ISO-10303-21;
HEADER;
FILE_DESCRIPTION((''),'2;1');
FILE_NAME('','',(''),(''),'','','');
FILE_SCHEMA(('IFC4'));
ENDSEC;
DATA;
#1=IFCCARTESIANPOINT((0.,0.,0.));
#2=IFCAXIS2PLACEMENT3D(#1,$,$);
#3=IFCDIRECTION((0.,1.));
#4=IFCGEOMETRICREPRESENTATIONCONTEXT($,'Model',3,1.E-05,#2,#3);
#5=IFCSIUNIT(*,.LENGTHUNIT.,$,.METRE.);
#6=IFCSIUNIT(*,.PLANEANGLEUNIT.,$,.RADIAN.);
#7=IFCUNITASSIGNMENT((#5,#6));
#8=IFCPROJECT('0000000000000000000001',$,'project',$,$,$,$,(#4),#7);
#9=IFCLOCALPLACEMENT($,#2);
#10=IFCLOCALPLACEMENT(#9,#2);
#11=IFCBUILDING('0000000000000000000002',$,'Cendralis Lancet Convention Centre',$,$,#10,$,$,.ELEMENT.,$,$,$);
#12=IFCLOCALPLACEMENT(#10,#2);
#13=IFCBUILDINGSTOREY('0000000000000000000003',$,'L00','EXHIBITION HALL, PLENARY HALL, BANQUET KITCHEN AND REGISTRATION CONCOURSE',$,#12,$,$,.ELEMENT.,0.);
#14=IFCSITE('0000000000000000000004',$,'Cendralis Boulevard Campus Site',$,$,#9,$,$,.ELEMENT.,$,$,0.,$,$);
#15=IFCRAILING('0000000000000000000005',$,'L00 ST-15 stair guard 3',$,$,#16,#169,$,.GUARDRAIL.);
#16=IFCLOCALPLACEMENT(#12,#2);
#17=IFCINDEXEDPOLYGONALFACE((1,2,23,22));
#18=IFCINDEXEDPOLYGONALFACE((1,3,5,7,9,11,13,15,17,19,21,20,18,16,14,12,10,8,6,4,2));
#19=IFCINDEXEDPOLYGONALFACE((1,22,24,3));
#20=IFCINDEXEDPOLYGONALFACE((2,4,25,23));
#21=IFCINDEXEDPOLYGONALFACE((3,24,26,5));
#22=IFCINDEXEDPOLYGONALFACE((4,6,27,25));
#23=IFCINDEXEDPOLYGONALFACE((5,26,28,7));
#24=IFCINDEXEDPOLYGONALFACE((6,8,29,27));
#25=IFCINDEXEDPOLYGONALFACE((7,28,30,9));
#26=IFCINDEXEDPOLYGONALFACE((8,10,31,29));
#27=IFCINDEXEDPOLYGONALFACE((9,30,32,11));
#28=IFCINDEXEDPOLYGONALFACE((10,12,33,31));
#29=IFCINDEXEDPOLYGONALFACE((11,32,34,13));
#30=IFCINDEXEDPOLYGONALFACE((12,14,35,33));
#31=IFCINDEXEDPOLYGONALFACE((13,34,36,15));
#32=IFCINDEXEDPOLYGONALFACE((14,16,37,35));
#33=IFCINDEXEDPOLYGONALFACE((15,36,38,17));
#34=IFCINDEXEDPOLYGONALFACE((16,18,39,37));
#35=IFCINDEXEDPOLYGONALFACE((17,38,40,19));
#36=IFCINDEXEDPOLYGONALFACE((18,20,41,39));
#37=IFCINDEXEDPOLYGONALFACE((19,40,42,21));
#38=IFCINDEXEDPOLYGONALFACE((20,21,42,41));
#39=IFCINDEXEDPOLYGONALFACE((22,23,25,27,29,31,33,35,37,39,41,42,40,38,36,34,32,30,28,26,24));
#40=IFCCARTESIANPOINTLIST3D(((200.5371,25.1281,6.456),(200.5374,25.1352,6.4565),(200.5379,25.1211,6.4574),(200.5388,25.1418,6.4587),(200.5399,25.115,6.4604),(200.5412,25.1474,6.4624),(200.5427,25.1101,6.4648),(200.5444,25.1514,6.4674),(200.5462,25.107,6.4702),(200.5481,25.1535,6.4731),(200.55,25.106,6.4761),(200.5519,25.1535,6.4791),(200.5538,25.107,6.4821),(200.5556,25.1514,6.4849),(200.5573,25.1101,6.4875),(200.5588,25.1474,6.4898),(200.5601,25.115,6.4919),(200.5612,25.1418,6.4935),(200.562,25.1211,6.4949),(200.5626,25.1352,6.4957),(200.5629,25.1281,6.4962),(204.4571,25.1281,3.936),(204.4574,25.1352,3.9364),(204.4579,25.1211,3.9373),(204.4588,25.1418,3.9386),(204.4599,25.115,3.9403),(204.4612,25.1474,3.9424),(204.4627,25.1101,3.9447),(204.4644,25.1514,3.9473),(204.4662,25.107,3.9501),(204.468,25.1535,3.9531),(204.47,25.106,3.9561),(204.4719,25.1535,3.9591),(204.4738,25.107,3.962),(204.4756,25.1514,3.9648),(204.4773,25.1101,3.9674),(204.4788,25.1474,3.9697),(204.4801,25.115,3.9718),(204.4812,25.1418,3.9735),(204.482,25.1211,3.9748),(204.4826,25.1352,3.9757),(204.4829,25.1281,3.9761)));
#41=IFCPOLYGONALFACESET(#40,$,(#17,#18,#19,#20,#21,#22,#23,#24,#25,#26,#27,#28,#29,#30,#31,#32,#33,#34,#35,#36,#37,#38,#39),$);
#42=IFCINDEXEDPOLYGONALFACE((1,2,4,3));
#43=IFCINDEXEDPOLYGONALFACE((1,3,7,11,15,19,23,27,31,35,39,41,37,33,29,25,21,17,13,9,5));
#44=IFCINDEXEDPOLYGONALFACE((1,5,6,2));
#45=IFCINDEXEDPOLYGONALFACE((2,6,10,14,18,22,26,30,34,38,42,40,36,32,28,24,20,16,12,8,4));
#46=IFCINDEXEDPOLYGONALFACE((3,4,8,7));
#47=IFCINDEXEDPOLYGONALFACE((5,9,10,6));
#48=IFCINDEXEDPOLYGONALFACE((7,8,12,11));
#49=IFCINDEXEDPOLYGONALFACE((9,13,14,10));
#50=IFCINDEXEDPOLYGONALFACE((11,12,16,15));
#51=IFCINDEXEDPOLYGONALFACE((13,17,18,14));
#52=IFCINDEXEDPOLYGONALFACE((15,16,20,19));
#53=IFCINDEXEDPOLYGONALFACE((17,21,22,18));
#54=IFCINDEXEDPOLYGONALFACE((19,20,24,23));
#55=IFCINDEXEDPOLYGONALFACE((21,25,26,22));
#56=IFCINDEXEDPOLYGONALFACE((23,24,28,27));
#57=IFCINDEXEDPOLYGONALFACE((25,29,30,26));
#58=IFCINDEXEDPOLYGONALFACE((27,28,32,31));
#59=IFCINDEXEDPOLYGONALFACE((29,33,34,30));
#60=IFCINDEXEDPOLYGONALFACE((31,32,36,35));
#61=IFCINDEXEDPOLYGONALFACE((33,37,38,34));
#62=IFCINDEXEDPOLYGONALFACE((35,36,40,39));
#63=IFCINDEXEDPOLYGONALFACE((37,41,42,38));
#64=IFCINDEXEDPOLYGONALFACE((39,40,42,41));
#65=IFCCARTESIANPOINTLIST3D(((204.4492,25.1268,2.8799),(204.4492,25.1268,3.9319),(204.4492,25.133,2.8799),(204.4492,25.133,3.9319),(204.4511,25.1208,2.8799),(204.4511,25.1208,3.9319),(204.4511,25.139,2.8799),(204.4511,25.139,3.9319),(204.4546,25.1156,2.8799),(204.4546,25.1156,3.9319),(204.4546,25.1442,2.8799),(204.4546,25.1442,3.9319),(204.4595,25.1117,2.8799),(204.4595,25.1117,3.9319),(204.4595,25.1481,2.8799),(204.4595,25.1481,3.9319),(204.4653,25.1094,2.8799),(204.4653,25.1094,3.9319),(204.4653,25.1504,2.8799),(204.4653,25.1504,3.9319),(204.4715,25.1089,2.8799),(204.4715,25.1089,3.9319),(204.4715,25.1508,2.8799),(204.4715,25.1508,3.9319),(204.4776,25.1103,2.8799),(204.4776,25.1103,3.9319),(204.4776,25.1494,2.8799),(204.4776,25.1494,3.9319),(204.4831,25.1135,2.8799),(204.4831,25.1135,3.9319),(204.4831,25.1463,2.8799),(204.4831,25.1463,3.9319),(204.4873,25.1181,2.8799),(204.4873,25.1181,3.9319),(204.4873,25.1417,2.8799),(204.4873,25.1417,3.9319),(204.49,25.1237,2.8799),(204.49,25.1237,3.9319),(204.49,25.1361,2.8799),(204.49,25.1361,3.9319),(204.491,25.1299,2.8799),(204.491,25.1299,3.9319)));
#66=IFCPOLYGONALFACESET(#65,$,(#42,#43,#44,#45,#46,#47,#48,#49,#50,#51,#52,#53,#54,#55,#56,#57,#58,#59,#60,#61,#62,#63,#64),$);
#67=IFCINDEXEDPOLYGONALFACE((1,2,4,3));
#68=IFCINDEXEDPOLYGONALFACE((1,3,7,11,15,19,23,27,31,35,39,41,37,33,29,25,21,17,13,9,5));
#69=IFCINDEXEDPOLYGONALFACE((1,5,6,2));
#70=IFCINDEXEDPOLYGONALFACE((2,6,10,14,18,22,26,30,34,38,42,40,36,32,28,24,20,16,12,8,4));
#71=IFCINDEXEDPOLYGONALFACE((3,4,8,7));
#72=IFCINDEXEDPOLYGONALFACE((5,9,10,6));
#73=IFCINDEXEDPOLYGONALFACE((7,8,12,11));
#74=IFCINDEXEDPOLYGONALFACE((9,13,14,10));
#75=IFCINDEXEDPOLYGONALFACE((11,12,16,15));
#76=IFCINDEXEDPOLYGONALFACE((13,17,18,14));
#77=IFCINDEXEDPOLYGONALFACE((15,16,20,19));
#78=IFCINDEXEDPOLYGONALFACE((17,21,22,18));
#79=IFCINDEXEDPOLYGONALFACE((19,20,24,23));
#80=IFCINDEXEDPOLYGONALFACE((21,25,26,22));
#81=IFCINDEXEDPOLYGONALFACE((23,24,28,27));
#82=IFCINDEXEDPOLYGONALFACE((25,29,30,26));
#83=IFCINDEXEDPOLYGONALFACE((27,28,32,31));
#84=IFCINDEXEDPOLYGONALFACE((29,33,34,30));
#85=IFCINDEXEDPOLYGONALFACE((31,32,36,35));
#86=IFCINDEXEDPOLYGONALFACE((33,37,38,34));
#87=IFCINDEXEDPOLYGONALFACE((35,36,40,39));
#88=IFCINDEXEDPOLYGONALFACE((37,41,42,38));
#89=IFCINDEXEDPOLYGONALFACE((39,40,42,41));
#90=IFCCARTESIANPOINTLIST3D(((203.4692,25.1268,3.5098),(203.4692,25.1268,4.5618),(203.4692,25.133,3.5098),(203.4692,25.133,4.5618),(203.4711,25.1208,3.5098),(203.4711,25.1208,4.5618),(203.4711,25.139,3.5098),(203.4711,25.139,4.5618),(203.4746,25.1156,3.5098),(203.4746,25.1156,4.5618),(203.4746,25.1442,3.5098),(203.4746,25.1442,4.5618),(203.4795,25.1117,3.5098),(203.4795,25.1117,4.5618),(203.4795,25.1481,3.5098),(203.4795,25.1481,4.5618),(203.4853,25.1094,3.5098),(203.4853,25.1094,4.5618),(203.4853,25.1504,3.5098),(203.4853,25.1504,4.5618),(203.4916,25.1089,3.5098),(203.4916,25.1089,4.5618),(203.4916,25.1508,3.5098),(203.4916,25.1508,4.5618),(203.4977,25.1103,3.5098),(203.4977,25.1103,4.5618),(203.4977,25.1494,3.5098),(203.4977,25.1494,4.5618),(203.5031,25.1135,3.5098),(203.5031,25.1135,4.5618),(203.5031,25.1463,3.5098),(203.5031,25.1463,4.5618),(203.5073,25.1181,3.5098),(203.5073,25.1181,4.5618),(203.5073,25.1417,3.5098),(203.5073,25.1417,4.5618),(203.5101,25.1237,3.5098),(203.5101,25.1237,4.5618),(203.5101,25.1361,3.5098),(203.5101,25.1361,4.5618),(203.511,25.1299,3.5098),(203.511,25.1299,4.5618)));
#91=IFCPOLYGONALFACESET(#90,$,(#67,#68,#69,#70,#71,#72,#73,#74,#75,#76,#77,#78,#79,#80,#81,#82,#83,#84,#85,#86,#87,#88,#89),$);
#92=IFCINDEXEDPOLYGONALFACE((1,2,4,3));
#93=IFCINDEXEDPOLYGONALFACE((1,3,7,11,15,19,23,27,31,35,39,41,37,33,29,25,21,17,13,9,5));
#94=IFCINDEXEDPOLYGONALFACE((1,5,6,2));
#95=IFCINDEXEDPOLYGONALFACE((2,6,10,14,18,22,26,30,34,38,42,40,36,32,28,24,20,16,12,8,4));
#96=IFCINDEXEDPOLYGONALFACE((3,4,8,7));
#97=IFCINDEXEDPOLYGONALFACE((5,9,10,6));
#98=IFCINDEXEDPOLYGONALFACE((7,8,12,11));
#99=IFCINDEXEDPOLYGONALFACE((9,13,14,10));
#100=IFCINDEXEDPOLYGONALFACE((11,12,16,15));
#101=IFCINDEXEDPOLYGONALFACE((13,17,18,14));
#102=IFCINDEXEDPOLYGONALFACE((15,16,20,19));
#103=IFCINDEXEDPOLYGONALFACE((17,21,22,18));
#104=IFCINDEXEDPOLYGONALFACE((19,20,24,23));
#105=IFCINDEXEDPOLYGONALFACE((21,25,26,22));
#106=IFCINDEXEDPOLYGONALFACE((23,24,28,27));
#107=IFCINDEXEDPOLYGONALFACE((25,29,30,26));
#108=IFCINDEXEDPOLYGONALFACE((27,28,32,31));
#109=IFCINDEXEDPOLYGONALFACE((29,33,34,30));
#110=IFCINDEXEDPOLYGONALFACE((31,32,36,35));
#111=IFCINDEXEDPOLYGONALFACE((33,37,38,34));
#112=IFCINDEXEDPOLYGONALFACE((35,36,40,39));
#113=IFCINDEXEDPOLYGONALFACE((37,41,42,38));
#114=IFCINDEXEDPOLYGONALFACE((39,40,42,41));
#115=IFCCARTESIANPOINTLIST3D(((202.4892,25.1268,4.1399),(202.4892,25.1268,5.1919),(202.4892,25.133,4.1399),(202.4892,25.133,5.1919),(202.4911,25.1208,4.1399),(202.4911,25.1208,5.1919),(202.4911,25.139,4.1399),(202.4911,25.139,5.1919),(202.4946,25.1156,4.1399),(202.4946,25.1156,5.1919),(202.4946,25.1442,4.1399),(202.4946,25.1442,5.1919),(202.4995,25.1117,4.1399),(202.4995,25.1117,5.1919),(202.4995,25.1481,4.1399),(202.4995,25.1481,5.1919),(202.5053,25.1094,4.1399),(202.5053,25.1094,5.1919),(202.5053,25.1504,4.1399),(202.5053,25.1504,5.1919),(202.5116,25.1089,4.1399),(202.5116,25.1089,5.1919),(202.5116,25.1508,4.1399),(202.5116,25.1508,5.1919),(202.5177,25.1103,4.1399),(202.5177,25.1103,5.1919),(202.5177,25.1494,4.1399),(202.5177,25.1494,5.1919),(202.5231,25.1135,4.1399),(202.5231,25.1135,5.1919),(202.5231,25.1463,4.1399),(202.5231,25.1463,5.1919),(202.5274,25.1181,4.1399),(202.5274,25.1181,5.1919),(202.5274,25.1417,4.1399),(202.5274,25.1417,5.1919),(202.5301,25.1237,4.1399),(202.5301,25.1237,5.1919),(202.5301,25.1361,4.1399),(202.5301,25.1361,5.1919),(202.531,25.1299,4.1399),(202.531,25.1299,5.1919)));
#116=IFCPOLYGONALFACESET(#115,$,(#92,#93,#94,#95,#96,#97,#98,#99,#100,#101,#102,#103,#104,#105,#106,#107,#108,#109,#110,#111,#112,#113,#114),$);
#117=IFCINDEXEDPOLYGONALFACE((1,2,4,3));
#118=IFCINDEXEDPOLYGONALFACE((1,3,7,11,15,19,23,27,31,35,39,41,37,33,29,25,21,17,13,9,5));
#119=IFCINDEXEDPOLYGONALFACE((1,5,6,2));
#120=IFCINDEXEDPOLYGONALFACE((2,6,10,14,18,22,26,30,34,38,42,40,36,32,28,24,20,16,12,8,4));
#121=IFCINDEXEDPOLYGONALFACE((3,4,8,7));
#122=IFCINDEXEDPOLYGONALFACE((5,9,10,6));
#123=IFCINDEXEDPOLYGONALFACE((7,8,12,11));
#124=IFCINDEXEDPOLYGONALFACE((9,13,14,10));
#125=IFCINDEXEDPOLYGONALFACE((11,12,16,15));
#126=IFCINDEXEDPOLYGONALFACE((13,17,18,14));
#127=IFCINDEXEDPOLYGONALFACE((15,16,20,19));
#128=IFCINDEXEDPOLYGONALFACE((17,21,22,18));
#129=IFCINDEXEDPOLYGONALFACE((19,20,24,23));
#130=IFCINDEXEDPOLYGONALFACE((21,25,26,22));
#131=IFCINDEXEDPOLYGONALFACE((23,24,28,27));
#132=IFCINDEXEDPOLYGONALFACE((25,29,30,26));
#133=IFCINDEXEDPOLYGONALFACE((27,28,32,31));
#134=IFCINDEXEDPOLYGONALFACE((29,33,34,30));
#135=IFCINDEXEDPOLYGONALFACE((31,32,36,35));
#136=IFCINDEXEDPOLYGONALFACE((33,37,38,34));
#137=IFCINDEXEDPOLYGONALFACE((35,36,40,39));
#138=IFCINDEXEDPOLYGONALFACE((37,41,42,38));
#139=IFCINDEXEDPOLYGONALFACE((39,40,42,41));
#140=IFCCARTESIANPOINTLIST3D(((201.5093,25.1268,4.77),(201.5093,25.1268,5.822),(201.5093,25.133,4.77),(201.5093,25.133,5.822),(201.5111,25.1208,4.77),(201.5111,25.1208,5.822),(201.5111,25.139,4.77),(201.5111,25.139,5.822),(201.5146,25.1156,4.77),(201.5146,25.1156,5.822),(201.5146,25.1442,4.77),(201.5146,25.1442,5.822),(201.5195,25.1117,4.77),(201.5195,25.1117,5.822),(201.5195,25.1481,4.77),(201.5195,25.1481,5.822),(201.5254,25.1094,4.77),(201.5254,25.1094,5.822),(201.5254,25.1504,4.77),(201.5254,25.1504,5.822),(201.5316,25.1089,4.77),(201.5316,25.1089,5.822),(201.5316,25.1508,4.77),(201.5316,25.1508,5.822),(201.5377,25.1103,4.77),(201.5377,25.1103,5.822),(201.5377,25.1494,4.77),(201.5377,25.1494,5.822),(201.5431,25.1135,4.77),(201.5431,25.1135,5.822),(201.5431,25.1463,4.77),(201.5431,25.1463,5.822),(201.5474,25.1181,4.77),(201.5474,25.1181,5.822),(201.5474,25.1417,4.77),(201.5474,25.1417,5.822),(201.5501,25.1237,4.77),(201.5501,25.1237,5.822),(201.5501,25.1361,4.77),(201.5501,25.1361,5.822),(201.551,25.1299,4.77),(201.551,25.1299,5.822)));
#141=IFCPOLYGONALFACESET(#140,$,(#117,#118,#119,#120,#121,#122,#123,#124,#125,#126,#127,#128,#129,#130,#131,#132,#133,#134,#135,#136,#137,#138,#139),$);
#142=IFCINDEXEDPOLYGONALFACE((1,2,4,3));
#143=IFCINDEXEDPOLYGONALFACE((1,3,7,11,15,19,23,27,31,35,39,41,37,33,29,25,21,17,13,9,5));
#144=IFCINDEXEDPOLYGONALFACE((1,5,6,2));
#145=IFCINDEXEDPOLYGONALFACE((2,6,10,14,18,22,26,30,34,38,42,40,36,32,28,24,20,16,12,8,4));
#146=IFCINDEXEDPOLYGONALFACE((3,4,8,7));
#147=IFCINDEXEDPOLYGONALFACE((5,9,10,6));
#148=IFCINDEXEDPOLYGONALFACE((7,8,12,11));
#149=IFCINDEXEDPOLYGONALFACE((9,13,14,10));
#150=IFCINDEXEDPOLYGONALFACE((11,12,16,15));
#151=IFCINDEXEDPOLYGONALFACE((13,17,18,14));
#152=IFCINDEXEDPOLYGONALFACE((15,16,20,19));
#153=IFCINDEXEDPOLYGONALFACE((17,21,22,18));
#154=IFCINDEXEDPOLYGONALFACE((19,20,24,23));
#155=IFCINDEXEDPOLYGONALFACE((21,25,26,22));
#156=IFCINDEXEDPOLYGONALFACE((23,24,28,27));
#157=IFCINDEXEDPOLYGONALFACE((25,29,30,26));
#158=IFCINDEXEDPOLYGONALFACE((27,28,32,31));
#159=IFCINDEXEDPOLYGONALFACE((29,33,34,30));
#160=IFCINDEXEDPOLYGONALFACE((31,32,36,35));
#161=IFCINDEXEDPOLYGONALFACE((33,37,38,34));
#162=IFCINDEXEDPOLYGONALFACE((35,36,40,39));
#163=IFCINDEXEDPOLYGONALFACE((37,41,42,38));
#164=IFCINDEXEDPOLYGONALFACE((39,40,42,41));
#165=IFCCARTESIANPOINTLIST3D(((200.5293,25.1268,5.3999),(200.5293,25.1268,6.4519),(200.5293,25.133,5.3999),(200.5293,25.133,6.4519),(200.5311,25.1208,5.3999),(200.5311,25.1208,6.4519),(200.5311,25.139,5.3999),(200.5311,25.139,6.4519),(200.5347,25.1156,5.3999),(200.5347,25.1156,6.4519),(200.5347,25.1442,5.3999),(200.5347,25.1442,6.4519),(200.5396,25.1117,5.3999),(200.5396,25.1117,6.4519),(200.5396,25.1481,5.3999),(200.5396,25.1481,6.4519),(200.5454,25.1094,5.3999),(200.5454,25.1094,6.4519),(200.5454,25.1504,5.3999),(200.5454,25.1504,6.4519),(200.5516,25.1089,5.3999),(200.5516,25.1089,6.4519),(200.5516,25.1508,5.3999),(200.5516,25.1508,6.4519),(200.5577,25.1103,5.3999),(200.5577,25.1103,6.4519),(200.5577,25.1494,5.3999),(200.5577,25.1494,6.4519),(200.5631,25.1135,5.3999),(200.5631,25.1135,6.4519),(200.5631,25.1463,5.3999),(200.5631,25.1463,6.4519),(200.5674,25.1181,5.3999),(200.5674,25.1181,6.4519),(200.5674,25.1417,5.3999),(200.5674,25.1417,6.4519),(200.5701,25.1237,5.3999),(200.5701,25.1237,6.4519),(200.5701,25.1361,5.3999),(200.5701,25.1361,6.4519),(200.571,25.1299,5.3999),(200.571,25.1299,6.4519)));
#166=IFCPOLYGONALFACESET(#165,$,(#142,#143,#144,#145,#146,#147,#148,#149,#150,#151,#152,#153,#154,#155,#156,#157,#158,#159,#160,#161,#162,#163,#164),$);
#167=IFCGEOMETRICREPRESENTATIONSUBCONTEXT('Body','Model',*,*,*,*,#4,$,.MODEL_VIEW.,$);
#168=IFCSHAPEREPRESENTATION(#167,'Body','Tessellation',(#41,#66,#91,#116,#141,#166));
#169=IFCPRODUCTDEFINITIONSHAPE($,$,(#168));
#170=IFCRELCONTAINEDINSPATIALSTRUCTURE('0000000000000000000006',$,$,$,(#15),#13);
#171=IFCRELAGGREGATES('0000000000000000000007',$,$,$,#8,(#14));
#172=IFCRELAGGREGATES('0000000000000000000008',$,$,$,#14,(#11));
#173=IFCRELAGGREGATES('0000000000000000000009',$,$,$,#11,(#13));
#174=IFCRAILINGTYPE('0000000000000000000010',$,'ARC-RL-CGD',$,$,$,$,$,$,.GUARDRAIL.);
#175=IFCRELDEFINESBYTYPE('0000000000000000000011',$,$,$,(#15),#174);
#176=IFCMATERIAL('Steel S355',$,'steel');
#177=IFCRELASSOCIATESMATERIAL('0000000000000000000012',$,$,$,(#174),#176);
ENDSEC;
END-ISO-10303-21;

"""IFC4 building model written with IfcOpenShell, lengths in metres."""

from ifc_helpers import new_model, si_unit, direction, frame, origin, origin_2d, place, context, subcontext, project, spatial, circle, extrude, material, type_object, element, save


model = new_model("IFC4")

# Units and contexts
model_context = context("Model", 3, precision=1e-05, world=origin(), true_north=direction((0.0, 1.0)))
body_context = subcontext(model_context, "Body", "Model", "MODEL_VIEW")
ifc_project = project(units=[si_unit("LENGTHUNIT", "METRE"), si_unit("PLANEANGLEUNIT", "RADIAN")], contexts=[model_context])

# Site, building, storey
site_placement = place(None, origin())
site = spatial("IfcSite", under=ifc_project, at=site_placement, Name="Cendralis Boulevard Campus Site", CompositionType="ELEMENT", RefElevation=0.0)
building_placement = place(site_placement, origin())
building = spatial("IfcBuilding", under=site, at=building_placement, Name="Cendralis Lancet Convention Centre", CompositionType="ELEMENT")
storey_placement = place(building_placement, origin())
storey = spatial("IfcBuildingStorey", under=building, at=storey_placement, Name="L00", Description="EXHIBITION HALL, PLENARY HALL, BANQUET KITCHEN AND REGISTRATION CONCOURSE", CompositionType="ELEMENT", Elevation=0.0)

# Shared definitions
ifc_material_1 = material(Name="Steel S355", Category="steel")

# Railing
railing_type_1 = type_object("IfcRailingType", Name="ARC-RL-CGD", PredefinedType="GUARDRAIL", material=ifc_material_1)
railing_1_placement = place(storey_placement, frame((204.47, 25.1299, 2.8799)))
element("IfcRailing", 1, at=railing_1_placement, inside=storey, type_object=railing_type_1, Name="L00 ST-15 stair guard 3", PredefinedType="GUARDRAIL", context=body_context, shape_type="SweptSolid", body=[
    extrude(circle(Radius=0.0239, at=origin_2d()), frame((0.0, 0.0, 1.0762), z_axis=(-0.841172, 0.0, 0.540768), x_axis=(0.0, -1.0, 0.0)), (0.0, 0.0, 1.0), 4.6602),
    extrude(circle(Radius=0.021, at=origin_2d()), origin(), (0.0, 0.0, 1.0), 1.052),
    extrude(circle(Radius=0.021, at=origin_2d()), frame((-0.98, 0.0, 0.6299)), (0.0, 0.0, 1.0), 1.052),
    extrude(circle(Radius=0.021, at=origin_2d()), frame((-1.96, 0.0, 1.26)), (0.0, 0.0, 1.0), 1.052),
    extrude(circle(Radius=0.021, at=origin_2d()), frame((-2.9399, 0.0, 1.8901)), (0.0, 0.0, 1.0), 1.052),
    extrude(circle(Radius=0.021, at=origin_2d()), frame((-3.9199, 0.0, 2.52)), (0.0, 0.0, 1.0), 1.052),
])

save(model, "model.ifc")
